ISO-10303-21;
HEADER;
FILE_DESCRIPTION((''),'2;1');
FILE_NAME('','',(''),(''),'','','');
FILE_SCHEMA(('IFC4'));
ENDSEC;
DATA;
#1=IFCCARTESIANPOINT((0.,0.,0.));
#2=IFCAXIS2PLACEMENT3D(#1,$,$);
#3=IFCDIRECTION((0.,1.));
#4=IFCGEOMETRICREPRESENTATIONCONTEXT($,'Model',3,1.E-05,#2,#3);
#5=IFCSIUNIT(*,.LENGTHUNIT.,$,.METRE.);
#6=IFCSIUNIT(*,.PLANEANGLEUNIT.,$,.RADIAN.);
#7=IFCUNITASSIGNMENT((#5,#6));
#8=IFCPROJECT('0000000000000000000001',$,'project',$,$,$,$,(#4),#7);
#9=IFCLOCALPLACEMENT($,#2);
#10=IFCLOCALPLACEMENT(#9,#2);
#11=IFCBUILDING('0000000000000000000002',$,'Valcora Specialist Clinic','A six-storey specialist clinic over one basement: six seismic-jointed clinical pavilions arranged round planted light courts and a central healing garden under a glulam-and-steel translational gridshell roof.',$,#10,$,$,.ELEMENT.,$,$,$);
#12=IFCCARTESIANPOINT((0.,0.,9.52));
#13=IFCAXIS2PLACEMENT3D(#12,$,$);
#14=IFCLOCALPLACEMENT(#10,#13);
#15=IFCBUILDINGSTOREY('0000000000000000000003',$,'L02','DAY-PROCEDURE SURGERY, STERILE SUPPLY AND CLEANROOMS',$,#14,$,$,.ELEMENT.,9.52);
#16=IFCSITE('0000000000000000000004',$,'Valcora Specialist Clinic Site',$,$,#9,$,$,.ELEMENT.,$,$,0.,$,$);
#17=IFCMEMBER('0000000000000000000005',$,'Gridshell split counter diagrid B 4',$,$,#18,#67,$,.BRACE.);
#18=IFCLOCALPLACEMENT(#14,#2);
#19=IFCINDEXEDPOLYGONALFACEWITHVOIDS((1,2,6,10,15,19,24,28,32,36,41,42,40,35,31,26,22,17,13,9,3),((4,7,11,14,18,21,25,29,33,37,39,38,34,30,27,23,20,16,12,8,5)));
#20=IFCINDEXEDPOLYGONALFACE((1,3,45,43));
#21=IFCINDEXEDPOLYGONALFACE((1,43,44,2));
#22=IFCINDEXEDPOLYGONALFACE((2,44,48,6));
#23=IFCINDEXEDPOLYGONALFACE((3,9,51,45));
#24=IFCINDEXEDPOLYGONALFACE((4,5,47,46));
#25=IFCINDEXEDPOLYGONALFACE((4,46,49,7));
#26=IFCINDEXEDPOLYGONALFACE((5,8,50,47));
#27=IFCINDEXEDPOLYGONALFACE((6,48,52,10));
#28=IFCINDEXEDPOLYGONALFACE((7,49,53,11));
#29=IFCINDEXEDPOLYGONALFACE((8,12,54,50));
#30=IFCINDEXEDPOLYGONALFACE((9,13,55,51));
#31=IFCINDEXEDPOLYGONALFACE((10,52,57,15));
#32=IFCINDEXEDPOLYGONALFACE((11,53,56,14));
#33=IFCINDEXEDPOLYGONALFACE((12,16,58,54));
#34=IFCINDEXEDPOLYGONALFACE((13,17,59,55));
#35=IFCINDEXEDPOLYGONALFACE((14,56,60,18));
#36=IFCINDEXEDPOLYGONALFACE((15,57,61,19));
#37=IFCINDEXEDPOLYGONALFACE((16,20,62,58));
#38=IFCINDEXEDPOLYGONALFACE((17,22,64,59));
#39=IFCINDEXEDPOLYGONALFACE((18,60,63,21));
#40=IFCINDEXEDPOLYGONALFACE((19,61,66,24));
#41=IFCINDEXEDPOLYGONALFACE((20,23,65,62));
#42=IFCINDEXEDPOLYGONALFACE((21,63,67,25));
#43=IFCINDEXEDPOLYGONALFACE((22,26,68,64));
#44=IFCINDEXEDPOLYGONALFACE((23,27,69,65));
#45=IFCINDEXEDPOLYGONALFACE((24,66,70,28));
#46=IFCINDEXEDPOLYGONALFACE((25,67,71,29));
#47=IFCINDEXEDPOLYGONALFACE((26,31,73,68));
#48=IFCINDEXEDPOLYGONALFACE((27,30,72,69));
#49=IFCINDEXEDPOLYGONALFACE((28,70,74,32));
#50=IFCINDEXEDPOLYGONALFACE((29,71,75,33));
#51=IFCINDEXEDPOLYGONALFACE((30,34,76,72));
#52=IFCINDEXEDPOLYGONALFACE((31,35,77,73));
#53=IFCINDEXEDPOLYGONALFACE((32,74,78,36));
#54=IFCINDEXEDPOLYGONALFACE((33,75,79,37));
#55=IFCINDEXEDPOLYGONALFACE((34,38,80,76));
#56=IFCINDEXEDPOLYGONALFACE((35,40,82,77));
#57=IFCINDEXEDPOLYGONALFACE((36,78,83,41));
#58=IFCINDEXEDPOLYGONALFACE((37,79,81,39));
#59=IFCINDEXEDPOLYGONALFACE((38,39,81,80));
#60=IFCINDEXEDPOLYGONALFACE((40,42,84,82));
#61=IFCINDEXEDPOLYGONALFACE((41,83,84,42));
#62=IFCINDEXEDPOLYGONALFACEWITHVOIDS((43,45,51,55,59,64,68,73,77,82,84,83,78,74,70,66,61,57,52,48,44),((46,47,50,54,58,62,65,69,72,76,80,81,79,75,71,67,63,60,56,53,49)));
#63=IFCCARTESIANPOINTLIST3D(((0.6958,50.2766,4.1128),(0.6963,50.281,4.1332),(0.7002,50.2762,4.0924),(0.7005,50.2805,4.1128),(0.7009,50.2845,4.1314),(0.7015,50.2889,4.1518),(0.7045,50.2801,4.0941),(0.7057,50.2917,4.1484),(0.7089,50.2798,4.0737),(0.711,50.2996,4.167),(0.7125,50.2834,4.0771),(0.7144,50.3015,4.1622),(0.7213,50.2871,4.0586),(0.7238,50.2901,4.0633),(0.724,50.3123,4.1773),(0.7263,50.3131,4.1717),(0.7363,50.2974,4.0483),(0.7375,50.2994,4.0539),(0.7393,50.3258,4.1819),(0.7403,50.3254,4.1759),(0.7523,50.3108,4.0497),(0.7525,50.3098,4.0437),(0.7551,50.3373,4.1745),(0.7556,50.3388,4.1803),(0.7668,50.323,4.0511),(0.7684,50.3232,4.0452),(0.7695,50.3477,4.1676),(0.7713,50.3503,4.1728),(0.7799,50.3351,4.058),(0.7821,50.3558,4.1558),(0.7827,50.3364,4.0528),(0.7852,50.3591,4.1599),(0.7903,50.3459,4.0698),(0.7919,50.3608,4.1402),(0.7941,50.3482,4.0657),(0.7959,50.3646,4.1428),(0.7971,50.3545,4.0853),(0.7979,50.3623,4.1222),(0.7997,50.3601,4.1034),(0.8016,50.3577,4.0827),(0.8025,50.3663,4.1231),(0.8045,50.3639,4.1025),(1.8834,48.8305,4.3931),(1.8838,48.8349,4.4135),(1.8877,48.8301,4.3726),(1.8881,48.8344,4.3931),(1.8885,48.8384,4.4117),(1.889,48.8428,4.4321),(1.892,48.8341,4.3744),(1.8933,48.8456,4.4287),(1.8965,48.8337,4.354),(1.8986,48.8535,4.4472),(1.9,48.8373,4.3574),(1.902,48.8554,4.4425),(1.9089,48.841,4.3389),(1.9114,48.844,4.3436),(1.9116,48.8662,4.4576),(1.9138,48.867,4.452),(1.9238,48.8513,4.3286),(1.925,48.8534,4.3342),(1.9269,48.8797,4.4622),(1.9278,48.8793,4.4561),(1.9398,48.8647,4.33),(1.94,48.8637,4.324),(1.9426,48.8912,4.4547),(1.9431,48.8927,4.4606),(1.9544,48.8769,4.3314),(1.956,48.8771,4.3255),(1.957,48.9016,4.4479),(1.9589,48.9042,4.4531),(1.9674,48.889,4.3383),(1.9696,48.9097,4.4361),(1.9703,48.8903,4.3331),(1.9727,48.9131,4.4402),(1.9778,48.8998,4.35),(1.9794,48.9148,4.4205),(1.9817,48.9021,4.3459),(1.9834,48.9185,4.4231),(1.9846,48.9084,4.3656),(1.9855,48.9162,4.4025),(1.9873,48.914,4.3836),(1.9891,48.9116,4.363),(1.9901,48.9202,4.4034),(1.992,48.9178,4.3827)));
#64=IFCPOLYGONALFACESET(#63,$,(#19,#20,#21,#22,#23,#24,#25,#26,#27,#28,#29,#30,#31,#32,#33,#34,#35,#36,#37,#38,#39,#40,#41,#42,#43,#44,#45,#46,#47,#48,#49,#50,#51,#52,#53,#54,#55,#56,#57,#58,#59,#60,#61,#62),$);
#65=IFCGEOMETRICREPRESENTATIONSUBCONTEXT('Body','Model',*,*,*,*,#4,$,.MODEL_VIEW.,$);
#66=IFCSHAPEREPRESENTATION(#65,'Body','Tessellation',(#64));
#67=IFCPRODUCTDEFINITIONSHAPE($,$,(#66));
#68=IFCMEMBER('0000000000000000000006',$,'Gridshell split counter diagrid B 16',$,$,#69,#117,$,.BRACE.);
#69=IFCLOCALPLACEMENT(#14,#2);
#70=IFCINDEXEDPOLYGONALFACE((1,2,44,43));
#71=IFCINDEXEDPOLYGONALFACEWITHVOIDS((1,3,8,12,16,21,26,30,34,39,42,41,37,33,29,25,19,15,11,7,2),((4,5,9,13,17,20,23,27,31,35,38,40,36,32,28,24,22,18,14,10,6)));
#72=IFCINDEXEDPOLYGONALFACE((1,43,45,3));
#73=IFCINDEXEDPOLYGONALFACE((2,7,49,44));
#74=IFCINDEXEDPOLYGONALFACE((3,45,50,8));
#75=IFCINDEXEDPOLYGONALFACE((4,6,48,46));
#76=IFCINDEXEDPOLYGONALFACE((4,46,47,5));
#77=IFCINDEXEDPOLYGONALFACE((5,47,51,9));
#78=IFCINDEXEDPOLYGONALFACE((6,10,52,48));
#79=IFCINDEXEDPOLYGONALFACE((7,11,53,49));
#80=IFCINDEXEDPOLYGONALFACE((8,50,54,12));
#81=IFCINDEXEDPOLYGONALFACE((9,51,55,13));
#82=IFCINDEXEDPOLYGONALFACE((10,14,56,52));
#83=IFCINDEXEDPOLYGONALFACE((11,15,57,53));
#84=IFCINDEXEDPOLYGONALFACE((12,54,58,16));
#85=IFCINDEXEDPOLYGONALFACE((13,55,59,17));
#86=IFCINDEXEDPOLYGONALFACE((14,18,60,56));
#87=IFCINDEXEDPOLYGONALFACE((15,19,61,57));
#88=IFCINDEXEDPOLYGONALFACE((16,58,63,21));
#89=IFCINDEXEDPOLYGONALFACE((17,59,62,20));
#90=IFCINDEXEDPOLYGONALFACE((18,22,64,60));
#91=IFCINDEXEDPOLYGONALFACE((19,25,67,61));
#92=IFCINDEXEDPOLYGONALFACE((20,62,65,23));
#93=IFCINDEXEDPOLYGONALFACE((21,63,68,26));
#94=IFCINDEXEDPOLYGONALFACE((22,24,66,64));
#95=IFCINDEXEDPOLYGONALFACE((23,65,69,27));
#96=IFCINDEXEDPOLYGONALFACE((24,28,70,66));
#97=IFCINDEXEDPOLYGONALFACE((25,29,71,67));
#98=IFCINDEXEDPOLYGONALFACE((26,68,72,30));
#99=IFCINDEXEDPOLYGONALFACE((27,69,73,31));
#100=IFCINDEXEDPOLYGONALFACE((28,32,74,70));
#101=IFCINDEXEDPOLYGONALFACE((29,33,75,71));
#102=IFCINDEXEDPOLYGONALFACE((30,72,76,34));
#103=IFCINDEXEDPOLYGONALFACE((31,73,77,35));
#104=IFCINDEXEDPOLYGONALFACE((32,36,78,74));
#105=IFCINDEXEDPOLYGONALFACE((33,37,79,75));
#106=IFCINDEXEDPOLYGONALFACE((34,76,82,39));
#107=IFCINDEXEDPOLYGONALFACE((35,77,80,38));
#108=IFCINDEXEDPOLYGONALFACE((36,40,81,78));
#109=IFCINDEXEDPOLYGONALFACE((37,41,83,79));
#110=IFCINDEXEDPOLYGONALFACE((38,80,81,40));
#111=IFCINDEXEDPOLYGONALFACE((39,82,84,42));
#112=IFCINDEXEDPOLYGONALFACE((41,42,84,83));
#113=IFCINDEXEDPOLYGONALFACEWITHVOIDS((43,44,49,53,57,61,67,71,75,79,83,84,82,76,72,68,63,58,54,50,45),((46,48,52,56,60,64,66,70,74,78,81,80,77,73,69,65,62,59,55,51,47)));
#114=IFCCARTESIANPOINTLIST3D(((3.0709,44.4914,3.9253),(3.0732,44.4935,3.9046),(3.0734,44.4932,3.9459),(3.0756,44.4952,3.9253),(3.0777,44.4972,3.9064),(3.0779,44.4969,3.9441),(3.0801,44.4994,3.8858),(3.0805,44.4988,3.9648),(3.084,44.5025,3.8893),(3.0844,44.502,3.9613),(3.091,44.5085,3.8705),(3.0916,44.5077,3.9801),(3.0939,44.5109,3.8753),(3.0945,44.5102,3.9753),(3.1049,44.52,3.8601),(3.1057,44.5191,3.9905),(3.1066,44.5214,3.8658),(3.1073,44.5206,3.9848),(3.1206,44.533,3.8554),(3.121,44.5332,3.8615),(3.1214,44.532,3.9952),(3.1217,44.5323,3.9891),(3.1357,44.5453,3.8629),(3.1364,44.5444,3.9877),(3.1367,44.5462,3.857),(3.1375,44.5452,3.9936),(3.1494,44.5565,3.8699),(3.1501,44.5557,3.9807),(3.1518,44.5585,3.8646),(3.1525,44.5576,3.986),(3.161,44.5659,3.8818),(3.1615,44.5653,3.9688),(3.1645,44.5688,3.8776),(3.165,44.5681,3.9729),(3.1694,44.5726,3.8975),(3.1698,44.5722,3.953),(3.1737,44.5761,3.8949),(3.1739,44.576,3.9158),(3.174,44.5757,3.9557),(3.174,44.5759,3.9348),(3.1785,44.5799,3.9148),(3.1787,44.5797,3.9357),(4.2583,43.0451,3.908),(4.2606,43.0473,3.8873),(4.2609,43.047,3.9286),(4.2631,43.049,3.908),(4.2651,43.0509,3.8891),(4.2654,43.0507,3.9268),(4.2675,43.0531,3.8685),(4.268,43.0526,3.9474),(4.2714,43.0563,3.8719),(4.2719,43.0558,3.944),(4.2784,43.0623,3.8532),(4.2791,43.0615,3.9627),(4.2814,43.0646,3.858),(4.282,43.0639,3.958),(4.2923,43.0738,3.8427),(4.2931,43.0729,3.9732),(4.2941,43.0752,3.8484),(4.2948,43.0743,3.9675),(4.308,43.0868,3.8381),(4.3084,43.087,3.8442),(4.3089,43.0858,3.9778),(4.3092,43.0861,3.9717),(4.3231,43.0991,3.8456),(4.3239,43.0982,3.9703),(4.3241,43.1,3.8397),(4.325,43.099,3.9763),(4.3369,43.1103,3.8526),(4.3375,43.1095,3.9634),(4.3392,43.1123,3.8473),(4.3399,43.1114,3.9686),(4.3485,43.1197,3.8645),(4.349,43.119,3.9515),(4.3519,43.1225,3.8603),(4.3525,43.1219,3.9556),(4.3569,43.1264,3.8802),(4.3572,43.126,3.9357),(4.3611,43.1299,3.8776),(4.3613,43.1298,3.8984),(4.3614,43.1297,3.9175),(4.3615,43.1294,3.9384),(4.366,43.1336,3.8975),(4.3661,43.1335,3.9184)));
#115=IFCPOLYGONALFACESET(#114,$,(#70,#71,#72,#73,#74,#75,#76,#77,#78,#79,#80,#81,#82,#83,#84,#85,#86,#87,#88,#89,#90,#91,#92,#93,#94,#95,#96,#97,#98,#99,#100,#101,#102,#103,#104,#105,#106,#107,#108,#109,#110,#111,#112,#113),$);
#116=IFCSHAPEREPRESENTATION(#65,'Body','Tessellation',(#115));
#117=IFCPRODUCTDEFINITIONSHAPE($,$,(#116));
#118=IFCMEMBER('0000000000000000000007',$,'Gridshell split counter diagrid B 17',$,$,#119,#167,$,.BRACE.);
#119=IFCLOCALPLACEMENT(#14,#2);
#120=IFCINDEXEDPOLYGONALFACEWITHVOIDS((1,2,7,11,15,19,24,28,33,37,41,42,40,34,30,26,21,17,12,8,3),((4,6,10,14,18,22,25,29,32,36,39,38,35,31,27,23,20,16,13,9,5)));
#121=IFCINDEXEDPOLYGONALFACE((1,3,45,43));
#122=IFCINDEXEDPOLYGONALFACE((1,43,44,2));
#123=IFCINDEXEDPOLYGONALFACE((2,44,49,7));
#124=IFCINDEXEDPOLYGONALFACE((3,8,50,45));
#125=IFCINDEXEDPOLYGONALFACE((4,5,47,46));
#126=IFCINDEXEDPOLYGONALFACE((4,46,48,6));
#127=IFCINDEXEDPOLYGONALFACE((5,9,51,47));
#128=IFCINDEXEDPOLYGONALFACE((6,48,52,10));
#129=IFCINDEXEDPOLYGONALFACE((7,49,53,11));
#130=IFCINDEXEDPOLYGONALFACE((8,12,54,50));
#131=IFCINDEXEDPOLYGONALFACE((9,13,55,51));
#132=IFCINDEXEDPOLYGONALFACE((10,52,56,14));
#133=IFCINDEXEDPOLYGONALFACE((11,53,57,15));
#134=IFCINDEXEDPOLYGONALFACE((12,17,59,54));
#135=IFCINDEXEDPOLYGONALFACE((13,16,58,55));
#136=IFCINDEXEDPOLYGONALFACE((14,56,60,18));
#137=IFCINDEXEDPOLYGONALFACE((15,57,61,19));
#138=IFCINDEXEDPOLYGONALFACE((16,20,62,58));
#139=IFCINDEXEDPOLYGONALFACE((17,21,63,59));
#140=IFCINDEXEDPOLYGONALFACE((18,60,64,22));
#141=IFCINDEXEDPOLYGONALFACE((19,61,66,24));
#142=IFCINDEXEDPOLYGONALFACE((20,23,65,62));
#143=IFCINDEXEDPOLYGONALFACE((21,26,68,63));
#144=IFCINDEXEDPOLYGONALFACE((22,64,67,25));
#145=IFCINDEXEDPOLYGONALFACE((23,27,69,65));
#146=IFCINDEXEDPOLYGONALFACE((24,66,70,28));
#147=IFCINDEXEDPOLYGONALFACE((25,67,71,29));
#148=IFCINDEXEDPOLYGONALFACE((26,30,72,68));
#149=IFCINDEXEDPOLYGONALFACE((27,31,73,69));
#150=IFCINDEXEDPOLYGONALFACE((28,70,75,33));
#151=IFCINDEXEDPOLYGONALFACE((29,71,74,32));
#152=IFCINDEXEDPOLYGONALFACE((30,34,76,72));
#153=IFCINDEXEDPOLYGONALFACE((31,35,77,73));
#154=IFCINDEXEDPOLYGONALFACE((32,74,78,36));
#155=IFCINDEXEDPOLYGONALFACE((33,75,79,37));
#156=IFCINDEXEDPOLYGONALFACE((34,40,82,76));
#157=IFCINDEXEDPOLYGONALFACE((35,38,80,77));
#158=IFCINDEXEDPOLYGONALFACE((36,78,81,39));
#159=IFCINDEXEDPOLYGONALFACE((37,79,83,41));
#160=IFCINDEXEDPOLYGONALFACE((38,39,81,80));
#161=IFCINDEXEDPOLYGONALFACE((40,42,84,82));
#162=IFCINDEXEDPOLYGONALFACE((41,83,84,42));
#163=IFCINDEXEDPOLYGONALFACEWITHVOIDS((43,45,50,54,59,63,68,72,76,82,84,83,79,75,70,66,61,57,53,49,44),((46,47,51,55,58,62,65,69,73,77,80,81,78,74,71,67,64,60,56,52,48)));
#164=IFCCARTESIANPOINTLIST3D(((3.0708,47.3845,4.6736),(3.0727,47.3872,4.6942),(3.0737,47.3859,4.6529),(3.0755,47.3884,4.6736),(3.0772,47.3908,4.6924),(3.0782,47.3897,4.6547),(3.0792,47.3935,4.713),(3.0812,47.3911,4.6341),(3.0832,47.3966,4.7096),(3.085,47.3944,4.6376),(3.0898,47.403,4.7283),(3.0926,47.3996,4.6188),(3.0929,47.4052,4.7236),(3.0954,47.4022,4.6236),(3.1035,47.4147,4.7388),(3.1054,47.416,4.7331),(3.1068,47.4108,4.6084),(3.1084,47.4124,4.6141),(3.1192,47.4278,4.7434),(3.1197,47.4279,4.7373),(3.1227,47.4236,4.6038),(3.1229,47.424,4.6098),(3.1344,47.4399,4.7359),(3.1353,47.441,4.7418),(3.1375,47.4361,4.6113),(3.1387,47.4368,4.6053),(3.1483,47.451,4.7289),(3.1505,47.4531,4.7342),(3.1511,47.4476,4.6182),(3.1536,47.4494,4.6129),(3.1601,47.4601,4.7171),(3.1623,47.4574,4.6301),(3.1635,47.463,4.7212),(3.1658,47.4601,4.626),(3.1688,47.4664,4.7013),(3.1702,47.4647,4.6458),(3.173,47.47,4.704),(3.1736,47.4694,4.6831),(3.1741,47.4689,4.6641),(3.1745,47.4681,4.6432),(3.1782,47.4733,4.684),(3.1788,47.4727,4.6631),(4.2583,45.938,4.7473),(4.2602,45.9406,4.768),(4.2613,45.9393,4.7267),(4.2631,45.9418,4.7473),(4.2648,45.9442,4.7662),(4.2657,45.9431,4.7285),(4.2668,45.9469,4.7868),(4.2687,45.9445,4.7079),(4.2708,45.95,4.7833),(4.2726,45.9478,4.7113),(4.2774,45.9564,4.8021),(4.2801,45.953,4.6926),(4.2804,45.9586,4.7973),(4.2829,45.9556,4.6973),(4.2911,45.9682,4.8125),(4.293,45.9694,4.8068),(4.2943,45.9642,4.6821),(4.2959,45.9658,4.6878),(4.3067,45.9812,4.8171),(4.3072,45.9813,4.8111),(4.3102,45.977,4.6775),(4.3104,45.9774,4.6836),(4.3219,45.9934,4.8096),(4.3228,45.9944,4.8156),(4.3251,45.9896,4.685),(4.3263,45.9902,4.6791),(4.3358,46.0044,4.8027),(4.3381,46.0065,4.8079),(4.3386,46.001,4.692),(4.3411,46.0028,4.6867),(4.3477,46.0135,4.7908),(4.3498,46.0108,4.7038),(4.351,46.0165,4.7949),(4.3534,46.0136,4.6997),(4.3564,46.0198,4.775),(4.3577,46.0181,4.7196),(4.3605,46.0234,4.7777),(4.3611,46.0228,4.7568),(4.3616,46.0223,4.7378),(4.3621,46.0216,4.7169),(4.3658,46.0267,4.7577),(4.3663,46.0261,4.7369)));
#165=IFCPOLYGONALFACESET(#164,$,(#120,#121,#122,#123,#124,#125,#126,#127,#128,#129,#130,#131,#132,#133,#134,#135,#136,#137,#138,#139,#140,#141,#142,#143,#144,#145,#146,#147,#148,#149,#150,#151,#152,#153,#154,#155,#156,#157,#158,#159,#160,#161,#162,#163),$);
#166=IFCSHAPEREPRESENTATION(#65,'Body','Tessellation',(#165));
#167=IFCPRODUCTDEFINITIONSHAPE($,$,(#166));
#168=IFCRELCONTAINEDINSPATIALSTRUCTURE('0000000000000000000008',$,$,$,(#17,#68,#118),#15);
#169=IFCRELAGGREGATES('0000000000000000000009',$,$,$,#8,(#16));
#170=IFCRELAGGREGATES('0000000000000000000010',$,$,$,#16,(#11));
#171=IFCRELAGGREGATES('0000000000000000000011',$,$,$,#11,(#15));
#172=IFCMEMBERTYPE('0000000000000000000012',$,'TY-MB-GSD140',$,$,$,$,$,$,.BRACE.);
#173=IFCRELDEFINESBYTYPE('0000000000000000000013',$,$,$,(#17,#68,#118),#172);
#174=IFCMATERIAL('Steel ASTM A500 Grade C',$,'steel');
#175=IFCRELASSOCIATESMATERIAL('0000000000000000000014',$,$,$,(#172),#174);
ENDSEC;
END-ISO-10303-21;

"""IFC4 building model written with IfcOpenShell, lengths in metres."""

from ifc_helpers import new_model, si_unit, direction, frame, origin, origin_2d, place, context, subcontext, project, spatial, hollow_circle, extrude, material, material_profile, profile_set, type_object, element, save


model = new_model("IFC4")

# Units and contexts
model_context = context("Model", 3, precision=1e-05, world=origin(), true_north=direction((0.0, 1.0)))
body_context = subcontext(model_context, "Body", "Model", "MODEL_VIEW")
ifc_project = project(units=[si_unit("LENGTHUNIT", "METRE"), si_unit("PLANEANGLEUNIT", "RADIAN")], contexts=[model_context])

# Site, building, storey
site_placement = place(None, origin())
site = spatial("IfcSite", under=ifc_project, at=site_placement, Name="Valcora Specialist Clinic Site", CompositionType="ELEMENT", RefElevation=0.0)
building_placement = place(site_placement, origin())
building = spatial("IfcBuilding", under=site, at=building_placement, Name="Valcora Specialist Clinic", Description="A six-storey specialist clinic over one basement: six seismic-jointed clinical pavilions arranged round planted light courts and a central healing garden under a glulam-and-steel translational gridshell roof.", CompositionType="ELEMENT")
storey_placement = place(building_placement, frame((0.0, 0.0, 9.52)))
storey = spatial("IfcBuildingStorey", under=building, at=storey_placement, Name="L02", Description="DAY-PROCEDURE SURGERY, STERILE SUPPLY AND CLEANROOMS", CompositionType="ELEMENT", Elevation=9.52)

# Members
ifc_material_1 = material(Name="Steel ASTM A500 Grade C", Category="steel")
ifc_material_profile_1 = material_profile(ifc_material_1, hollow_circle(Radius=0.0701, WallThickness=0.0061, at=origin_2d()), Name="ST-CHS-140X6")
ifc_profile_set_1 = profile_set([ifc_material_profile_1], Name="Steel ASTM A500 Grade C")
member_type_1 = type_object("IfcMemberType", Name="TY-MB-GSD140", PredefinedType="BRACE", material=ifc_profile_set_1)
member_1_placement = place(storey_placement, frame((1.9375, 48.875, 4.3931), z_axis=(-0.627635, 0.764285, -0.148134), x_axis=(-0.772811, -0.634636, 0.0)))
element("IfcMember", 1, at=member_1_placement, inside=storey, type_object=member_type_1, Name="Gridshell split counter diagrid B 4", PredefinedType="BRACE", context=body_context, shape_type="SweptSolid", body=[
    extrude(hollow_circle(Radius=0.0701, WallThickness=0.0061, at=origin_2d()), origin(), (0.0, 0.0, 1.0), 1.8921),
])
member_2_placement = place(storey_placement, frame((4.3125, 43.0896, 3.908), z_axis=(-0.634545, 0.77283, 0.009262), x_axis=(-0.772863, -0.634572, 0.0)))
element("IfcMember", 2, at=member_2_placement, inside=storey, type_object=member_type_1, Name="Gridshell split counter diagrid B 16", PredefinedType="BRACE", context=body_context, shape_type="SweptSolid", body=[
    extrude(hollow_circle(Radius=0.0701, WallThickness=0.0061, at=origin_2d()), origin(), (0.0, 0.0, 1.0), 1.8713),
])
member_3_placement = place(storey_placement, frame((4.3125, 45.9824, 4.7473), z_axis=(-0.634017, 0.772317, -0.039365), x_axis=(-0.772916, -0.634508, 0.0)))
element("IfcMember", 3, at=member_3_placement, inside=storey, type_object=member_type_1, Name="Gridshell split counter diagrid B 17", PredefinedType="BRACE", context=body_context, shape_type="SweptSolid", body=[
    extrude(hollow_circle(Radius=0.0701, WallThickness=0.0061, at=origin_2d()), origin(), (0.0, 0.0, 1.0), 1.873),
])

save(model, "model.ifc")
